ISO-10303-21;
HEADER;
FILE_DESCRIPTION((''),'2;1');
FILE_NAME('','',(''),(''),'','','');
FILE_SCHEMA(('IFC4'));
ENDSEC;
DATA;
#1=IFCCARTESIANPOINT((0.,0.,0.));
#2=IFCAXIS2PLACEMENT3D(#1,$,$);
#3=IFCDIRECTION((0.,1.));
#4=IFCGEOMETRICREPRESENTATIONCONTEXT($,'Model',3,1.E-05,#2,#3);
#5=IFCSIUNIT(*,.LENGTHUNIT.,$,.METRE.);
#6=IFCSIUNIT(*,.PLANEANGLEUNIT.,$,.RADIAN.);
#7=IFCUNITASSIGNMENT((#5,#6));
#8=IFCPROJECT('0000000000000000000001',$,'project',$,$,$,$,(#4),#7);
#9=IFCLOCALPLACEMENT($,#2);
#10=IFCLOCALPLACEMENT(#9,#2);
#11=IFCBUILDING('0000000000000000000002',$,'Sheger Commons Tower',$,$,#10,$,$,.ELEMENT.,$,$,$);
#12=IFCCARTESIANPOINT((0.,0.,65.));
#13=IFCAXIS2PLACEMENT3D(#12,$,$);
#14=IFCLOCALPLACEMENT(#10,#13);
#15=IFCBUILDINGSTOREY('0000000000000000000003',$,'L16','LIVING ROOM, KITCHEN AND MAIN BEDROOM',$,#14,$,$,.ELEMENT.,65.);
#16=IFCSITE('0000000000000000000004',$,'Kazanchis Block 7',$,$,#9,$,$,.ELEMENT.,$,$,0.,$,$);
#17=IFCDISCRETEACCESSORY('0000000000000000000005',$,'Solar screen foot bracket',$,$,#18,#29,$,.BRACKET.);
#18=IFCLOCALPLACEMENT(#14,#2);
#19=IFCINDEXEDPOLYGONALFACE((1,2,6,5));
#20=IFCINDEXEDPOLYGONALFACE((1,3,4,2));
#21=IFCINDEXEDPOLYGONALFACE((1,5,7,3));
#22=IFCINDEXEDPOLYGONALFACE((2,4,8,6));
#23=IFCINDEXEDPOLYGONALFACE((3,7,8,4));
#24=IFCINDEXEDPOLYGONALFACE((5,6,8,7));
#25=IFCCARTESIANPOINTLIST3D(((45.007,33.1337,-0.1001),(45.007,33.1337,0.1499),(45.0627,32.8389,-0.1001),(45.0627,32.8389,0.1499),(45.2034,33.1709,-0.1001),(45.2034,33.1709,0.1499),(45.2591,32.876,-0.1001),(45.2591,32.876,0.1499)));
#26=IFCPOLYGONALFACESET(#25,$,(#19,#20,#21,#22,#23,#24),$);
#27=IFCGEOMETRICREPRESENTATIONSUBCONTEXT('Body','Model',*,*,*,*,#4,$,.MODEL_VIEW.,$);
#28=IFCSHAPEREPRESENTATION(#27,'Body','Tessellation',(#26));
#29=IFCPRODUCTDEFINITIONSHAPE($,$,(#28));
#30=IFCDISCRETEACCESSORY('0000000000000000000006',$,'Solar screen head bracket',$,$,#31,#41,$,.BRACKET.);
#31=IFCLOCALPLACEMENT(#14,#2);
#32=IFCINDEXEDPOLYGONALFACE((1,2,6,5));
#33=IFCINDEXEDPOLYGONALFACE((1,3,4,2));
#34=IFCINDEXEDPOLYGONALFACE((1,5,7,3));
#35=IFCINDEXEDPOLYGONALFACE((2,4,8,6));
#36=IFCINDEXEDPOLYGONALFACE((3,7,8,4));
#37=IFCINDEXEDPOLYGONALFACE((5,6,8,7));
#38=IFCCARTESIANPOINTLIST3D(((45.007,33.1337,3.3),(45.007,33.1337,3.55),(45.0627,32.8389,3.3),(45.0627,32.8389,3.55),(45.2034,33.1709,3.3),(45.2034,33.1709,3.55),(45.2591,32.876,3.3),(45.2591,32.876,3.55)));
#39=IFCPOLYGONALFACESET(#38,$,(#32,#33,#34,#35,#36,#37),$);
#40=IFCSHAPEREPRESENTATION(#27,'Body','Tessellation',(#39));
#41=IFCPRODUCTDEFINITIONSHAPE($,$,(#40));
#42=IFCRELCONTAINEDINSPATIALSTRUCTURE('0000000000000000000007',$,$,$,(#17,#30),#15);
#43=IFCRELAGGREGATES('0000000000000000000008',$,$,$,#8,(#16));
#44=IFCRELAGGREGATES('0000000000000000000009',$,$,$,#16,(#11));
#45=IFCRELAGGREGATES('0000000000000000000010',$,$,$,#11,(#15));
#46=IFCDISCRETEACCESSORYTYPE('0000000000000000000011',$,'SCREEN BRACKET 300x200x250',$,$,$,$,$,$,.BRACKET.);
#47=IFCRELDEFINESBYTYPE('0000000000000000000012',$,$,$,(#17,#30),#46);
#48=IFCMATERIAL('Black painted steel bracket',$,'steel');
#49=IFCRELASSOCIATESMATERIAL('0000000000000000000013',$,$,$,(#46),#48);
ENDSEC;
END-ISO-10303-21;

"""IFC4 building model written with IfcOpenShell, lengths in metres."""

from ifc_helpers import new_model, si_unit, direction, frame, origin, origin_2d, place, context, subcontext, project, spatial, rectangle, extrude, material, type_object, element, save


model = new_model("IFC4")

# Units and contexts
model_context = context("Model", 3, precision=1e-05, world=origin(), true_north=direction((0.0, 1.0)))
body_context = subcontext(model_context, "Body", "Model", "MODEL_VIEW")
ifc_project = project(units=[si_unit("LENGTHUNIT", "METRE"), si_unit("PLANEANGLEUNIT", "RADIAN")], contexts=[model_context])

# Site, building, storey
site_placement = place(None, origin())
site = spatial("IfcSite", under=ifc_project, at=site_placement, Name="Kazanchis Block 7", CompositionType="ELEMENT", RefElevation=0.0)
building_placement = place(site_placement, origin())
building = spatial("IfcBuilding", under=site, at=building_placement, Name="Sheger Commons Tower", CompositionType="ELEMENT")
storey_placement = place(building_placement, frame((0.0, 0.0, 65.0)))
storey = spatial("IfcBuildingStorey", under=building, at=storey_placement, Name="L16", Description="LIVING ROOM, KITCHEN AND MAIN BEDROOM", CompositionType="ELEMENT", Elevation=65.0)

# Discrete accessories
ifc_material_1 = material(Name="Black painted steel bracket", Category="steel")
discrete_accessory_type = type_object("IfcDiscreteAccessoryType", Name="SCREEN BRACKET 300x200x250", PredefinedType="BRACKET", material=ifc_material_1)
for number, where, z_axis, x_axis, name in (
    (1, (45.1331, 33.0049, -0.1001), (0.0, 0.0, 1.0), (-0.185615, 0.982623, 0.0), "Solar screen foot bracket"),
    (2, (45.1331, 33.0049, 3.3), (0.0, 0.0, 1.0), (-0.185615, 0.982623, 0.0), "Solar screen head bracket"),
):
    element("IfcDiscreteAccessory", number, at=place(storey_placement, frame(where, z_axis=z_axis, x_axis=x_axis)), inside=storey, type_object=discrete_accessory_type, Name=name, PredefinedType="BRACKET", context=body_context, shape_type="SweptSolid", body=[
        extrude(rectangle(XDim=0.3, YDim=0.2, at=origin_2d()), origin(), (0.0, 0.0, 1.0), 0.25),
    ])

save(model, "model.ifc")
